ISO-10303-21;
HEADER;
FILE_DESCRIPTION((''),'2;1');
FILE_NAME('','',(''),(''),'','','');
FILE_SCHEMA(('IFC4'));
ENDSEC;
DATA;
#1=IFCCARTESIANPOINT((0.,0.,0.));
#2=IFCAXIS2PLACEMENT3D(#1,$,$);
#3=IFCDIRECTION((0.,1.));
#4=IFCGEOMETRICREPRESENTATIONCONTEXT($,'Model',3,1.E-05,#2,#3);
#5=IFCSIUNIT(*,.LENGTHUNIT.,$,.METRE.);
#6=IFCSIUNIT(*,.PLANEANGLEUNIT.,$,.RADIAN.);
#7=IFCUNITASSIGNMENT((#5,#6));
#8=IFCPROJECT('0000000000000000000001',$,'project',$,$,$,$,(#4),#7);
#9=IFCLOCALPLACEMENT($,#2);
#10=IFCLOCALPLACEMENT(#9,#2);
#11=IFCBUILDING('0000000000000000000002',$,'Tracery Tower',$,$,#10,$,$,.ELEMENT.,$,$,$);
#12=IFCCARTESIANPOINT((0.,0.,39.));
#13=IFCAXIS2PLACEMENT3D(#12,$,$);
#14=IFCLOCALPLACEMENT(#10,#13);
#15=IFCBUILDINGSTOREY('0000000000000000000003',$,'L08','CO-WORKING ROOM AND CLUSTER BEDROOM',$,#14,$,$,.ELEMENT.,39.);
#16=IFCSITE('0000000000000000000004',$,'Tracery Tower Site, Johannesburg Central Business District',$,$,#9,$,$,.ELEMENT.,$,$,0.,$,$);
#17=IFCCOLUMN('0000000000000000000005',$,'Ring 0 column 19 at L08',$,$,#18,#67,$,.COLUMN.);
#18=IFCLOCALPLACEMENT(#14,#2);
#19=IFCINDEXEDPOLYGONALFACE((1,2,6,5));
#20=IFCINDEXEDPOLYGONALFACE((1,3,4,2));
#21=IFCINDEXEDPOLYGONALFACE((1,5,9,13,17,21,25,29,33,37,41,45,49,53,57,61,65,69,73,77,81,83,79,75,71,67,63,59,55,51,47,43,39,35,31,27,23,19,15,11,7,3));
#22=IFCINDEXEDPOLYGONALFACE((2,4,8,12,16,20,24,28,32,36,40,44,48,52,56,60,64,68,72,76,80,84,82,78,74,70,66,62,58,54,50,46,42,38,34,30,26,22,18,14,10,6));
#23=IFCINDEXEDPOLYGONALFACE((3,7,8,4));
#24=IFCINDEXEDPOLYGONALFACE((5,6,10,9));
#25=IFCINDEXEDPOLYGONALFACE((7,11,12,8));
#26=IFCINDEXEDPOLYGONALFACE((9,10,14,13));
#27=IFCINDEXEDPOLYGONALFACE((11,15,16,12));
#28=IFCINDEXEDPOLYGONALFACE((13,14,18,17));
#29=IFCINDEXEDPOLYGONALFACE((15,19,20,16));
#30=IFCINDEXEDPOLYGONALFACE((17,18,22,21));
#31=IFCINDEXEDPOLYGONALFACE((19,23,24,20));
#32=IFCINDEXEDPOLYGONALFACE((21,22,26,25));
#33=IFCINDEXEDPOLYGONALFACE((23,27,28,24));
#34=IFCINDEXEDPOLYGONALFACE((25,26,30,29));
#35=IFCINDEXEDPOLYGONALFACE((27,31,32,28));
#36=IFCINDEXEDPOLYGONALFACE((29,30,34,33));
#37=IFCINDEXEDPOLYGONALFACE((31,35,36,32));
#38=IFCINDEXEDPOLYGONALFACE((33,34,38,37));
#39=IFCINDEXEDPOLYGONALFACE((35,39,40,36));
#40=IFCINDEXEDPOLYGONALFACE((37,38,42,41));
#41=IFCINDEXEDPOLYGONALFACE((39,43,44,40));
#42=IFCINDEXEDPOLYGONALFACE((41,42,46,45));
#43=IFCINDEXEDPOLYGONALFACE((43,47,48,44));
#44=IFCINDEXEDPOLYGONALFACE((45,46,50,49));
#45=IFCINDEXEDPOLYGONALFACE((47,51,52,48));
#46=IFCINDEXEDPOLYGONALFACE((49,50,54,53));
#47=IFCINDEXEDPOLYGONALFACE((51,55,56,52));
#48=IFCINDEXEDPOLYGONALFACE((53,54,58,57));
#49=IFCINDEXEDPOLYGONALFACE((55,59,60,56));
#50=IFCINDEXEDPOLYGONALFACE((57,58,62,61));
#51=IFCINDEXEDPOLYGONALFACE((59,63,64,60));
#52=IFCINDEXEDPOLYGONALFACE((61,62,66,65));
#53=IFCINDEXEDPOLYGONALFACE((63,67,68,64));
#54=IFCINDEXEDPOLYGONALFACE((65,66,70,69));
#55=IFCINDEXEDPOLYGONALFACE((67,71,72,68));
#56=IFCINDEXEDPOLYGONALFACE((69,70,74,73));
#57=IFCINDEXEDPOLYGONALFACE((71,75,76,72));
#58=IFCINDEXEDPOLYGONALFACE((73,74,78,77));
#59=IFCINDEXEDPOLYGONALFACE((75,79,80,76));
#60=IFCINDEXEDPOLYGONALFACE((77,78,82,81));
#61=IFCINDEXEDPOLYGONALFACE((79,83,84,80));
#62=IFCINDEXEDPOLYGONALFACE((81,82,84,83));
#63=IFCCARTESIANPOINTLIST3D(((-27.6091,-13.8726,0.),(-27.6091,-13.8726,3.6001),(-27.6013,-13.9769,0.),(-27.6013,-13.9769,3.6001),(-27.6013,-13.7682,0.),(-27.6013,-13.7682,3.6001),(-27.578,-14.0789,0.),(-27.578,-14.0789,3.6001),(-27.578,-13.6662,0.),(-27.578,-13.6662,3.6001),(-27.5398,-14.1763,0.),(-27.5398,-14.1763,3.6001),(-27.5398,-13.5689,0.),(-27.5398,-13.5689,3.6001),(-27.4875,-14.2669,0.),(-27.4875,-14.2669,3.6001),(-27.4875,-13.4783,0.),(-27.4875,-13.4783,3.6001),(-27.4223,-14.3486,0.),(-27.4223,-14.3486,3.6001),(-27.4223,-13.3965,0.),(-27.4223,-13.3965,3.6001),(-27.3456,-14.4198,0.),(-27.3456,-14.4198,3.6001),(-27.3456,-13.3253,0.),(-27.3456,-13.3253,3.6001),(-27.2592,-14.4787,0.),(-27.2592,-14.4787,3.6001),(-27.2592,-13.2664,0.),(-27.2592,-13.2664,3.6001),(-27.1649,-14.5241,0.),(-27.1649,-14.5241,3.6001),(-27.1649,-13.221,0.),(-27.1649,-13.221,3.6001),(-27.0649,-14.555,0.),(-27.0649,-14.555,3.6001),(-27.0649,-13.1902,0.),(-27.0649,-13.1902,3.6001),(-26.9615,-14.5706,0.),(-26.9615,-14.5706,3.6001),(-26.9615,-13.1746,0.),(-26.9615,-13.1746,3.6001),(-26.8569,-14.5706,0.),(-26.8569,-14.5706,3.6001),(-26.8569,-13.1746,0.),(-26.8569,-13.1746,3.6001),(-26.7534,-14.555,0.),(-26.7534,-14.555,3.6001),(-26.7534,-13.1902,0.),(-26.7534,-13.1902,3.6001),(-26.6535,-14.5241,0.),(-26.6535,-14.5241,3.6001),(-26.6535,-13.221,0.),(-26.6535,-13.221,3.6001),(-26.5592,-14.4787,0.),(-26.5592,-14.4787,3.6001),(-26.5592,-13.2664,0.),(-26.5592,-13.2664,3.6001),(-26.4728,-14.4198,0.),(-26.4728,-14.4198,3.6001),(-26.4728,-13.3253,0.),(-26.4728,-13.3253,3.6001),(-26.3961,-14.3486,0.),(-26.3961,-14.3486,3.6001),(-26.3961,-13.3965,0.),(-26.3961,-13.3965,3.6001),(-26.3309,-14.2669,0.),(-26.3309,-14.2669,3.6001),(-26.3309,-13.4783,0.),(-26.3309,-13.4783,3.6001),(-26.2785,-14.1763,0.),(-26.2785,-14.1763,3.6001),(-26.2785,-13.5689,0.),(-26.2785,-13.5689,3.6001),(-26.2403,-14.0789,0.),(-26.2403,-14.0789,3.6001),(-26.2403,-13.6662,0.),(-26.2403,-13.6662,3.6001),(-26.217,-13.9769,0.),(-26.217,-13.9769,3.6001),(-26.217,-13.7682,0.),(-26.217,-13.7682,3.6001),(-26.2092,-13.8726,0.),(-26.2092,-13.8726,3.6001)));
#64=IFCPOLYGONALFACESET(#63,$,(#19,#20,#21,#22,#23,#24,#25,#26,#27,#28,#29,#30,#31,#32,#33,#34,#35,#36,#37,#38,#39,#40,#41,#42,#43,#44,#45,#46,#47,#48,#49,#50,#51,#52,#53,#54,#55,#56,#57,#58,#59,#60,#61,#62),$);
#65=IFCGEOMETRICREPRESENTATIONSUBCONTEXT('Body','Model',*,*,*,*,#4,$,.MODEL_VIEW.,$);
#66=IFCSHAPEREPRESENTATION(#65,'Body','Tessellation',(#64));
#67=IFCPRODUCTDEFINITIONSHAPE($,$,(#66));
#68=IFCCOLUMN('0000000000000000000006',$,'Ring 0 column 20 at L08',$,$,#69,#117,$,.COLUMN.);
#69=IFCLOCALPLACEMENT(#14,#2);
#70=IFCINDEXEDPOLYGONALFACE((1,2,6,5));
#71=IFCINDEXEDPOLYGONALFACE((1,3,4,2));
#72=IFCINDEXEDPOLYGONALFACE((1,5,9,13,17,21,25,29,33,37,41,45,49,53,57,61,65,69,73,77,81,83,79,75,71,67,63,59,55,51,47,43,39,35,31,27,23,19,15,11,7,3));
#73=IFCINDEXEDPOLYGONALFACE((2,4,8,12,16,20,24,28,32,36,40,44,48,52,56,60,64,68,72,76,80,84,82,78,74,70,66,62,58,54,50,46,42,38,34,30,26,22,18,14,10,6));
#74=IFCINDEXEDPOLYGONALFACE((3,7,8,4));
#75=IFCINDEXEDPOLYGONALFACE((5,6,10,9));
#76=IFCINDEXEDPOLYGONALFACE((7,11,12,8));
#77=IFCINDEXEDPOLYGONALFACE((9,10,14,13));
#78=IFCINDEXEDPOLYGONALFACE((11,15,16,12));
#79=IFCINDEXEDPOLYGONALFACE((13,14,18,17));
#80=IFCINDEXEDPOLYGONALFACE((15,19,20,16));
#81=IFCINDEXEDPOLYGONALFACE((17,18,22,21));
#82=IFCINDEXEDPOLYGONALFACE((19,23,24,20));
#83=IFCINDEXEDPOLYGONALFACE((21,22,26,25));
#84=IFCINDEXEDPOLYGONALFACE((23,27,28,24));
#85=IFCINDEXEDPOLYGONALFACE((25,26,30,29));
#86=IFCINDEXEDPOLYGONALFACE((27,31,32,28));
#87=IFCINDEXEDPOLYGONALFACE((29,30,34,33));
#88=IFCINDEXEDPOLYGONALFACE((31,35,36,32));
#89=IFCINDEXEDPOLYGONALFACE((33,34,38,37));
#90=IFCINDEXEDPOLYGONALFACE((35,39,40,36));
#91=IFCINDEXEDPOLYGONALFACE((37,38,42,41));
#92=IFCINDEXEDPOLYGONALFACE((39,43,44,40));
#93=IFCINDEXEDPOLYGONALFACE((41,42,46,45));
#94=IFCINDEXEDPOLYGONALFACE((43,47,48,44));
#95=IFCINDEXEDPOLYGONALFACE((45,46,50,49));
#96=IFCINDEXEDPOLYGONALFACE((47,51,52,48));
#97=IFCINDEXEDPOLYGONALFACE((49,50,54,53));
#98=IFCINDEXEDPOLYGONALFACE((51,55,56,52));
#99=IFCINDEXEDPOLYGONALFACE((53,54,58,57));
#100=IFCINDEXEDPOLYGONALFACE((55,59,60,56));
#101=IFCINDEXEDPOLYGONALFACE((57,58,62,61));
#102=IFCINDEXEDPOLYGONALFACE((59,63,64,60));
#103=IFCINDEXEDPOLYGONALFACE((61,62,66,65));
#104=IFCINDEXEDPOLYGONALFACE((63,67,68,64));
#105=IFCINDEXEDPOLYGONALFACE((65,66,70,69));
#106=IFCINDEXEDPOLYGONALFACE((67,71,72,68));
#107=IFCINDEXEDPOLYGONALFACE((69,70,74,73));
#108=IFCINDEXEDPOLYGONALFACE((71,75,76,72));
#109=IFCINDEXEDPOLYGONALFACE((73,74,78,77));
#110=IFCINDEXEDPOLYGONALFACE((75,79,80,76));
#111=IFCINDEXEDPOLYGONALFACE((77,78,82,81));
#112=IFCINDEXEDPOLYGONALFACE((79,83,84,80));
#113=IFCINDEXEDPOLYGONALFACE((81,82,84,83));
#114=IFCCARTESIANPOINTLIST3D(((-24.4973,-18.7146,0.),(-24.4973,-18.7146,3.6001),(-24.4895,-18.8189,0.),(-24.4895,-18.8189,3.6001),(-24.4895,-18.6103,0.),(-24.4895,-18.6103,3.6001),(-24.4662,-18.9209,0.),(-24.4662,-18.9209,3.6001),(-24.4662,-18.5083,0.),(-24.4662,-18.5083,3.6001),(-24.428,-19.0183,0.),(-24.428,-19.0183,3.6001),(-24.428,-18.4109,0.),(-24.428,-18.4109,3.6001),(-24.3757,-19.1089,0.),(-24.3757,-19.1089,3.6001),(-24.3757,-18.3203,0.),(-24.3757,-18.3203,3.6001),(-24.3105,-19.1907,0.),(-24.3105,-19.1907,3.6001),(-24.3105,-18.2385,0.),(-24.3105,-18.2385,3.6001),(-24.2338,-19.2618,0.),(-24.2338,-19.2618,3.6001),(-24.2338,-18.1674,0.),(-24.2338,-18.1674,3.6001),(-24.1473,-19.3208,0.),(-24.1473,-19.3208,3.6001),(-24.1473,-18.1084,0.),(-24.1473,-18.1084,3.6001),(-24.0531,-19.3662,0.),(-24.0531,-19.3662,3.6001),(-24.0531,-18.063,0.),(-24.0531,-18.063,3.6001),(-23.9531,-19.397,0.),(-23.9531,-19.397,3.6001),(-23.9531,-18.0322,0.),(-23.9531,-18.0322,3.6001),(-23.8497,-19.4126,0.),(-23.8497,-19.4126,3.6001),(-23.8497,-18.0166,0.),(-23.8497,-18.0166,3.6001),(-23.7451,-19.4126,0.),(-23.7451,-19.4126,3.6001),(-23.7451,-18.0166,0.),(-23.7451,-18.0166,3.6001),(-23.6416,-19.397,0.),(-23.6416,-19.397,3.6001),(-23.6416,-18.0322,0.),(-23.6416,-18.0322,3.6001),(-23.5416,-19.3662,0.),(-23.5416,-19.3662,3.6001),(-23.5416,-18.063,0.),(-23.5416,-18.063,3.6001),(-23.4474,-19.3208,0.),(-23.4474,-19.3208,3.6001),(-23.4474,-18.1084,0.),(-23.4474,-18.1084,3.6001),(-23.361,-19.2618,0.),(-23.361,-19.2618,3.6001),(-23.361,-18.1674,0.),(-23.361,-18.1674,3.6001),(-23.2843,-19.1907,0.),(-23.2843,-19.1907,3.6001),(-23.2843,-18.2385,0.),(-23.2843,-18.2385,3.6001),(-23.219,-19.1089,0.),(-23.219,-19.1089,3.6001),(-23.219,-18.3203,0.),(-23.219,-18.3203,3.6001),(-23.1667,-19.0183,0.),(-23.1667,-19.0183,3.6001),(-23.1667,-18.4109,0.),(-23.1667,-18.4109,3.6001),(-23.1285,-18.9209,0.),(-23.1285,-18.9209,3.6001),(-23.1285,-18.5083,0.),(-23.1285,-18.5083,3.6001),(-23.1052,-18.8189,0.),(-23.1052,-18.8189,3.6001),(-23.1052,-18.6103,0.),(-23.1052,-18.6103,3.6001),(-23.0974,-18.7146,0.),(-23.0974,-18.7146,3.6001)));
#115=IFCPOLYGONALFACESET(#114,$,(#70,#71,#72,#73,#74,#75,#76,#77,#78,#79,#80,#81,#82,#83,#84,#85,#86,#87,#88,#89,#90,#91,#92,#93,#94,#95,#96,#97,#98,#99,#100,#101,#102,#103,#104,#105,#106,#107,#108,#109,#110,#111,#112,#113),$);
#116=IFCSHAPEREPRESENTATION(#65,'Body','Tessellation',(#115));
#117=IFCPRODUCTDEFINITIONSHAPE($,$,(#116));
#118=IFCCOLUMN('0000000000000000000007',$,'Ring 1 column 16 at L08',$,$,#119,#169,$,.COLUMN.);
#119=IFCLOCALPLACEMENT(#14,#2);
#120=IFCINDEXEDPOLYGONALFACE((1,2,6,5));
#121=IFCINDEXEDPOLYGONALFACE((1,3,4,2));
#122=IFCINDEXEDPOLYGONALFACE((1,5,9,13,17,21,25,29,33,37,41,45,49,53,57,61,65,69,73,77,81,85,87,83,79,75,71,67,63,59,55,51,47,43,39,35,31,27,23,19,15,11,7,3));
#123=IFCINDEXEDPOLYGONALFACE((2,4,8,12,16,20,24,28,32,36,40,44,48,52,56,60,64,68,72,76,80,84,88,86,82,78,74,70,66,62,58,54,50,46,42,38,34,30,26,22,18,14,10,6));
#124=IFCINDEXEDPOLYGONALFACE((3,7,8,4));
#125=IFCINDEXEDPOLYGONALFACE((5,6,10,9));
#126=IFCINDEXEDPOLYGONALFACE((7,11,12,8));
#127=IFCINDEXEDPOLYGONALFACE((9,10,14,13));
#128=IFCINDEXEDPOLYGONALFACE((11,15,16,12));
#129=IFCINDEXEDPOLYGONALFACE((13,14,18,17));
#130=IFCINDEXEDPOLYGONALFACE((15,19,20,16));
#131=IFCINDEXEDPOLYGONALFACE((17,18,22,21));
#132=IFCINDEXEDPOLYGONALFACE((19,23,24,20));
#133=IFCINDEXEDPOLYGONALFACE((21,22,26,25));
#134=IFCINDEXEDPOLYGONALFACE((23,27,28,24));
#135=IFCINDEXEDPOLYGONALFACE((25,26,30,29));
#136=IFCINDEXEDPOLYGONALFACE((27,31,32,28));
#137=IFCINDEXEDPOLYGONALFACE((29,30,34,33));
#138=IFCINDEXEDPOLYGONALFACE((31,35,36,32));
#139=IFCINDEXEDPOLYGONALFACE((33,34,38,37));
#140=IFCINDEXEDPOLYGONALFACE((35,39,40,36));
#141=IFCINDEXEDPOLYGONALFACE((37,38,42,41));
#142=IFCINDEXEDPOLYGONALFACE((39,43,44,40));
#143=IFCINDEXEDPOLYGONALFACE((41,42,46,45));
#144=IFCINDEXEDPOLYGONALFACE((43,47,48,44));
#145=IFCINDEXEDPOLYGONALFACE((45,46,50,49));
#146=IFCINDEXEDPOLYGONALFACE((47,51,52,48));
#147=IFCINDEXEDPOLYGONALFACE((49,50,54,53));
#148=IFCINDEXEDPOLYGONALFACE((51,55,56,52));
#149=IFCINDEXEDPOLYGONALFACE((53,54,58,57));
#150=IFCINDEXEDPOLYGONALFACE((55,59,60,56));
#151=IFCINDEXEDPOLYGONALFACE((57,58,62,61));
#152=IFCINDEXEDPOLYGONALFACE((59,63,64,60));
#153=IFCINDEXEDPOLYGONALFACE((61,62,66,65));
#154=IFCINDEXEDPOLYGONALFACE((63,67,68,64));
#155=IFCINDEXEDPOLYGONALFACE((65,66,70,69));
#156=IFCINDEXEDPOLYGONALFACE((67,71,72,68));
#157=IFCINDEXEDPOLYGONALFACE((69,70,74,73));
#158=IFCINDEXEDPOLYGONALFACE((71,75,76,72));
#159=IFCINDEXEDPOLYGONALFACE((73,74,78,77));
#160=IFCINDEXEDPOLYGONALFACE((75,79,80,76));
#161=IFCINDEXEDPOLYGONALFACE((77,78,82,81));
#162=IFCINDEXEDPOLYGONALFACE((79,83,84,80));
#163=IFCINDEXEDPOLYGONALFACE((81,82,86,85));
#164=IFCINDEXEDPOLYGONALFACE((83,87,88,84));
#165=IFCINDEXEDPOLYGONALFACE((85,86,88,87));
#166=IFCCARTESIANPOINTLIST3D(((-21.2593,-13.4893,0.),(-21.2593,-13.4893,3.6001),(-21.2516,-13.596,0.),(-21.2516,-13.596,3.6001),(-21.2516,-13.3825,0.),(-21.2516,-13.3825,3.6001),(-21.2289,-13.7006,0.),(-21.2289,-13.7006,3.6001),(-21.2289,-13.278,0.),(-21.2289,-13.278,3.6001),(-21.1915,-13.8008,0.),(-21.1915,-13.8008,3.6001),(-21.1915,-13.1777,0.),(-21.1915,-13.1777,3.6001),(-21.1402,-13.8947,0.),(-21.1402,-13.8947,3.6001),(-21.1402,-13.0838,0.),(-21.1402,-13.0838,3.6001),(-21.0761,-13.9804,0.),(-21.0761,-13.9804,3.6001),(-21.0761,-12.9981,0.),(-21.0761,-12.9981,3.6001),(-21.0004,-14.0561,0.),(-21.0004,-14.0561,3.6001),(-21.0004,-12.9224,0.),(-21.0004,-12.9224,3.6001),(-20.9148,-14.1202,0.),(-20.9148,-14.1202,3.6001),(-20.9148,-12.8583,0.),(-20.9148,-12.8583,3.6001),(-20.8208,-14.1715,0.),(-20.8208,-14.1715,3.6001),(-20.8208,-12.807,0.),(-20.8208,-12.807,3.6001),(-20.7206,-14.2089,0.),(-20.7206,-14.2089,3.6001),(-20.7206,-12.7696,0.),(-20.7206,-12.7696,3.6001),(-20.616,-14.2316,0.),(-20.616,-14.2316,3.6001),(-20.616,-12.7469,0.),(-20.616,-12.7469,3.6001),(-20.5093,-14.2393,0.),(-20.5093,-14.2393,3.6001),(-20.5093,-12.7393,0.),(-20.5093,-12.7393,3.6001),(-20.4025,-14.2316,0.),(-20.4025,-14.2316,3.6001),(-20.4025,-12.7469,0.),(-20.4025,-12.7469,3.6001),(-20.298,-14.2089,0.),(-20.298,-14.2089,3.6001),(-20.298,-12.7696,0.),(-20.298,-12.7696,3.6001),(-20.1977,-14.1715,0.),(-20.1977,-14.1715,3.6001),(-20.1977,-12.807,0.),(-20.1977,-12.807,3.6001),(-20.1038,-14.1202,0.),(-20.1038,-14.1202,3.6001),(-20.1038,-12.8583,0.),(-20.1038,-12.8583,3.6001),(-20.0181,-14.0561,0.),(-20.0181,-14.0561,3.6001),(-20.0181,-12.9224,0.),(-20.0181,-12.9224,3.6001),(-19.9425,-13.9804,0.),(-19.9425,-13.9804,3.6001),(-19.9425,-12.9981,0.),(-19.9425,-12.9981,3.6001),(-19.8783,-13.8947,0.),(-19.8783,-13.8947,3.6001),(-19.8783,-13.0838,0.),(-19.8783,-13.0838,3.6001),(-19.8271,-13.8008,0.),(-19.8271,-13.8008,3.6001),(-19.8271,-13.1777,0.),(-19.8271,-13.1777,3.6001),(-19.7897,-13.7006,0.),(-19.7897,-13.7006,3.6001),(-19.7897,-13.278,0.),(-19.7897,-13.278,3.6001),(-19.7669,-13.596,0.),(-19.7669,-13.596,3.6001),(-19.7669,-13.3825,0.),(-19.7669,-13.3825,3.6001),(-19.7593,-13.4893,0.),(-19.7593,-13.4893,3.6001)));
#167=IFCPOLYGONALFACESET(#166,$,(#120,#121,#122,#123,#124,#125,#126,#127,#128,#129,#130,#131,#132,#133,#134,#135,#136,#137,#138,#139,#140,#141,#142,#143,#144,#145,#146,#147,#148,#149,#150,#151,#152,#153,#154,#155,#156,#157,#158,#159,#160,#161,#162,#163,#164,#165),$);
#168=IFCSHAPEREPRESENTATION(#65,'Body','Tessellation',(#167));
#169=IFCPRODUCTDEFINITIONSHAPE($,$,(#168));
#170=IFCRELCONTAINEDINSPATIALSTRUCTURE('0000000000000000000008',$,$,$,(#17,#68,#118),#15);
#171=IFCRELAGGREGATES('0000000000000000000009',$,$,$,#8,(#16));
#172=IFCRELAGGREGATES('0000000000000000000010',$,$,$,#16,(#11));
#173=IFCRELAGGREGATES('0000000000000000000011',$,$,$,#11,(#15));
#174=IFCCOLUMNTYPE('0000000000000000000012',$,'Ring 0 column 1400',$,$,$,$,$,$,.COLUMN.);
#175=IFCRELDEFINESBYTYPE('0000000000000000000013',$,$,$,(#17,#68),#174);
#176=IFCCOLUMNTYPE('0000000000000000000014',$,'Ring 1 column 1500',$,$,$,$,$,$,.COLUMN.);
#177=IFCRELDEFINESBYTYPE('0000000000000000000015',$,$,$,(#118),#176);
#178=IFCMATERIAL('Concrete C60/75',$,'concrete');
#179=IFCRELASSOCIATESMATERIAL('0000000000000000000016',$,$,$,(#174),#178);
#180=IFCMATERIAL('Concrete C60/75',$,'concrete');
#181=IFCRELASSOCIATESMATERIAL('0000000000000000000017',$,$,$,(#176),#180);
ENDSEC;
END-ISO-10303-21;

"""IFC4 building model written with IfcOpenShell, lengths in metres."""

from ifc_helpers import new_model, si_unit, direction, frame, origin, origin_2d, place, context, subcontext, project, spatial, circle, extrude, material, material_profile, profile_set, type_object, element, save


model = new_model("IFC4")

# Units and contexts
model_context = context("Model", 3, precision=1e-05, world=origin(), true_north=direction((0.0, 1.0)))
body_context = subcontext(model_context, "Body", "Model", "MODEL_VIEW")
ifc_project = project(units=[si_unit("LENGTHUNIT", "METRE"), si_unit("PLANEANGLEUNIT", "RADIAN")], contexts=[model_context])

# Site, building, storey
site_placement = place(None, origin())
site = spatial("IfcSite", under=ifc_project, at=site_placement, Name="Tracery Tower Site, Johannesburg Central Business District", CompositionType="ELEMENT", RefElevation=0.0)
building_placement = place(site_placement, origin())
building = spatial("IfcBuilding", under=site, at=building_placement, Name="Tracery Tower", CompositionType="ELEMENT")
storey_placement = place(building_placement, frame((0.0, 0.0, 39.0)))
storey = spatial("IfcBuildingStorey", under=building, at=storey_placement, Name="L08", Description="CO-WORKING ROOM AND CLUSTER BEDROOM", CompositionType="ELEMENT", Elevation=39.0)

# Columns
ifc_material_1 = material(Name="Concrete C60/75", Category="concrete")
ifc_material_profile_1 = material_profile(ifc_material_1, circle(Radius=0.7, at=origin_2d()), Name="RC D1400")
ifc_profile_set_1 = profile_set([ifc_material_profile_1], Name="Concrete C60/75")
column_type_1 = type_object("IfcColumnType", Name="Ring 0 column 1400", PredefinedType="COLUMN", material=ifc_profile_set_1)
for number, where, z_axis, x_axis, name in (
    (1, (-26.9092, -13.8726, 0.0), (0.0, 0.0, 1.0), (1.0, 0.0, 0.0), "Ring 0 column 19 at L08"),
    (2, (-23.7974, -18.7146, 0.0), (0.0, 0.0, 1.0), (1.0, 0.0, 0.0), "Ring 0 column 20 at L08"),
):
    element("IfcColumn", number, at=place(storey_placement, frame(where, z_axis=z_axis, x_axis=x_axis)), inside=storey, type_object=column_type_1, Name=name, PredefinedType="COLUMN", context=body_context, shape_type="SweptSolid", body=[
        extrude(circle(Radius=0.7, at=origin_2d()), origin(), (0.0, 0.0, 1.0), 3.6001),
    ])
ifc_material_2 = material(Name="Concrete C60/75", Category="concrete")
ifc_material_profile_2 = material_profile(ifc_material_2, circle(Radius=0.75, at=origin_2d()), Name="RC D1500")
ifc_profile_set_2 = profile_set([ifc_material_profile_2], Name="Concrete C60/75")
column_type_2 = type_object("IfcColumnType", Name="Ring 1 column 1500", PredefinedType="COLUMN", material=ifc_profile_set_2)
for number, where, z_axis, x_axis, name in (
    (3, (-20.5093, -13.4893, 0.0), (0.0, 0.0, 1.0), (1.0, 0.0, 0.0), "Ring 1 column 16 at L08"),
):
    element("IfcColumn", number, at=place(storey_placement, frame(where, z_axis=z_axis, x_axis=x_axis)), inside=storey, type_object=column_type_2, Name=name, PredefinedType="COLUMN", context=body_context, shape_type="SweptSolid", body=[
        extrude(circle(Radius=0.75, at=origin_2d()), origin(), (0.0, 0.0, 1.0), 3.6001),
    ])

save(model, "model.ifc")
